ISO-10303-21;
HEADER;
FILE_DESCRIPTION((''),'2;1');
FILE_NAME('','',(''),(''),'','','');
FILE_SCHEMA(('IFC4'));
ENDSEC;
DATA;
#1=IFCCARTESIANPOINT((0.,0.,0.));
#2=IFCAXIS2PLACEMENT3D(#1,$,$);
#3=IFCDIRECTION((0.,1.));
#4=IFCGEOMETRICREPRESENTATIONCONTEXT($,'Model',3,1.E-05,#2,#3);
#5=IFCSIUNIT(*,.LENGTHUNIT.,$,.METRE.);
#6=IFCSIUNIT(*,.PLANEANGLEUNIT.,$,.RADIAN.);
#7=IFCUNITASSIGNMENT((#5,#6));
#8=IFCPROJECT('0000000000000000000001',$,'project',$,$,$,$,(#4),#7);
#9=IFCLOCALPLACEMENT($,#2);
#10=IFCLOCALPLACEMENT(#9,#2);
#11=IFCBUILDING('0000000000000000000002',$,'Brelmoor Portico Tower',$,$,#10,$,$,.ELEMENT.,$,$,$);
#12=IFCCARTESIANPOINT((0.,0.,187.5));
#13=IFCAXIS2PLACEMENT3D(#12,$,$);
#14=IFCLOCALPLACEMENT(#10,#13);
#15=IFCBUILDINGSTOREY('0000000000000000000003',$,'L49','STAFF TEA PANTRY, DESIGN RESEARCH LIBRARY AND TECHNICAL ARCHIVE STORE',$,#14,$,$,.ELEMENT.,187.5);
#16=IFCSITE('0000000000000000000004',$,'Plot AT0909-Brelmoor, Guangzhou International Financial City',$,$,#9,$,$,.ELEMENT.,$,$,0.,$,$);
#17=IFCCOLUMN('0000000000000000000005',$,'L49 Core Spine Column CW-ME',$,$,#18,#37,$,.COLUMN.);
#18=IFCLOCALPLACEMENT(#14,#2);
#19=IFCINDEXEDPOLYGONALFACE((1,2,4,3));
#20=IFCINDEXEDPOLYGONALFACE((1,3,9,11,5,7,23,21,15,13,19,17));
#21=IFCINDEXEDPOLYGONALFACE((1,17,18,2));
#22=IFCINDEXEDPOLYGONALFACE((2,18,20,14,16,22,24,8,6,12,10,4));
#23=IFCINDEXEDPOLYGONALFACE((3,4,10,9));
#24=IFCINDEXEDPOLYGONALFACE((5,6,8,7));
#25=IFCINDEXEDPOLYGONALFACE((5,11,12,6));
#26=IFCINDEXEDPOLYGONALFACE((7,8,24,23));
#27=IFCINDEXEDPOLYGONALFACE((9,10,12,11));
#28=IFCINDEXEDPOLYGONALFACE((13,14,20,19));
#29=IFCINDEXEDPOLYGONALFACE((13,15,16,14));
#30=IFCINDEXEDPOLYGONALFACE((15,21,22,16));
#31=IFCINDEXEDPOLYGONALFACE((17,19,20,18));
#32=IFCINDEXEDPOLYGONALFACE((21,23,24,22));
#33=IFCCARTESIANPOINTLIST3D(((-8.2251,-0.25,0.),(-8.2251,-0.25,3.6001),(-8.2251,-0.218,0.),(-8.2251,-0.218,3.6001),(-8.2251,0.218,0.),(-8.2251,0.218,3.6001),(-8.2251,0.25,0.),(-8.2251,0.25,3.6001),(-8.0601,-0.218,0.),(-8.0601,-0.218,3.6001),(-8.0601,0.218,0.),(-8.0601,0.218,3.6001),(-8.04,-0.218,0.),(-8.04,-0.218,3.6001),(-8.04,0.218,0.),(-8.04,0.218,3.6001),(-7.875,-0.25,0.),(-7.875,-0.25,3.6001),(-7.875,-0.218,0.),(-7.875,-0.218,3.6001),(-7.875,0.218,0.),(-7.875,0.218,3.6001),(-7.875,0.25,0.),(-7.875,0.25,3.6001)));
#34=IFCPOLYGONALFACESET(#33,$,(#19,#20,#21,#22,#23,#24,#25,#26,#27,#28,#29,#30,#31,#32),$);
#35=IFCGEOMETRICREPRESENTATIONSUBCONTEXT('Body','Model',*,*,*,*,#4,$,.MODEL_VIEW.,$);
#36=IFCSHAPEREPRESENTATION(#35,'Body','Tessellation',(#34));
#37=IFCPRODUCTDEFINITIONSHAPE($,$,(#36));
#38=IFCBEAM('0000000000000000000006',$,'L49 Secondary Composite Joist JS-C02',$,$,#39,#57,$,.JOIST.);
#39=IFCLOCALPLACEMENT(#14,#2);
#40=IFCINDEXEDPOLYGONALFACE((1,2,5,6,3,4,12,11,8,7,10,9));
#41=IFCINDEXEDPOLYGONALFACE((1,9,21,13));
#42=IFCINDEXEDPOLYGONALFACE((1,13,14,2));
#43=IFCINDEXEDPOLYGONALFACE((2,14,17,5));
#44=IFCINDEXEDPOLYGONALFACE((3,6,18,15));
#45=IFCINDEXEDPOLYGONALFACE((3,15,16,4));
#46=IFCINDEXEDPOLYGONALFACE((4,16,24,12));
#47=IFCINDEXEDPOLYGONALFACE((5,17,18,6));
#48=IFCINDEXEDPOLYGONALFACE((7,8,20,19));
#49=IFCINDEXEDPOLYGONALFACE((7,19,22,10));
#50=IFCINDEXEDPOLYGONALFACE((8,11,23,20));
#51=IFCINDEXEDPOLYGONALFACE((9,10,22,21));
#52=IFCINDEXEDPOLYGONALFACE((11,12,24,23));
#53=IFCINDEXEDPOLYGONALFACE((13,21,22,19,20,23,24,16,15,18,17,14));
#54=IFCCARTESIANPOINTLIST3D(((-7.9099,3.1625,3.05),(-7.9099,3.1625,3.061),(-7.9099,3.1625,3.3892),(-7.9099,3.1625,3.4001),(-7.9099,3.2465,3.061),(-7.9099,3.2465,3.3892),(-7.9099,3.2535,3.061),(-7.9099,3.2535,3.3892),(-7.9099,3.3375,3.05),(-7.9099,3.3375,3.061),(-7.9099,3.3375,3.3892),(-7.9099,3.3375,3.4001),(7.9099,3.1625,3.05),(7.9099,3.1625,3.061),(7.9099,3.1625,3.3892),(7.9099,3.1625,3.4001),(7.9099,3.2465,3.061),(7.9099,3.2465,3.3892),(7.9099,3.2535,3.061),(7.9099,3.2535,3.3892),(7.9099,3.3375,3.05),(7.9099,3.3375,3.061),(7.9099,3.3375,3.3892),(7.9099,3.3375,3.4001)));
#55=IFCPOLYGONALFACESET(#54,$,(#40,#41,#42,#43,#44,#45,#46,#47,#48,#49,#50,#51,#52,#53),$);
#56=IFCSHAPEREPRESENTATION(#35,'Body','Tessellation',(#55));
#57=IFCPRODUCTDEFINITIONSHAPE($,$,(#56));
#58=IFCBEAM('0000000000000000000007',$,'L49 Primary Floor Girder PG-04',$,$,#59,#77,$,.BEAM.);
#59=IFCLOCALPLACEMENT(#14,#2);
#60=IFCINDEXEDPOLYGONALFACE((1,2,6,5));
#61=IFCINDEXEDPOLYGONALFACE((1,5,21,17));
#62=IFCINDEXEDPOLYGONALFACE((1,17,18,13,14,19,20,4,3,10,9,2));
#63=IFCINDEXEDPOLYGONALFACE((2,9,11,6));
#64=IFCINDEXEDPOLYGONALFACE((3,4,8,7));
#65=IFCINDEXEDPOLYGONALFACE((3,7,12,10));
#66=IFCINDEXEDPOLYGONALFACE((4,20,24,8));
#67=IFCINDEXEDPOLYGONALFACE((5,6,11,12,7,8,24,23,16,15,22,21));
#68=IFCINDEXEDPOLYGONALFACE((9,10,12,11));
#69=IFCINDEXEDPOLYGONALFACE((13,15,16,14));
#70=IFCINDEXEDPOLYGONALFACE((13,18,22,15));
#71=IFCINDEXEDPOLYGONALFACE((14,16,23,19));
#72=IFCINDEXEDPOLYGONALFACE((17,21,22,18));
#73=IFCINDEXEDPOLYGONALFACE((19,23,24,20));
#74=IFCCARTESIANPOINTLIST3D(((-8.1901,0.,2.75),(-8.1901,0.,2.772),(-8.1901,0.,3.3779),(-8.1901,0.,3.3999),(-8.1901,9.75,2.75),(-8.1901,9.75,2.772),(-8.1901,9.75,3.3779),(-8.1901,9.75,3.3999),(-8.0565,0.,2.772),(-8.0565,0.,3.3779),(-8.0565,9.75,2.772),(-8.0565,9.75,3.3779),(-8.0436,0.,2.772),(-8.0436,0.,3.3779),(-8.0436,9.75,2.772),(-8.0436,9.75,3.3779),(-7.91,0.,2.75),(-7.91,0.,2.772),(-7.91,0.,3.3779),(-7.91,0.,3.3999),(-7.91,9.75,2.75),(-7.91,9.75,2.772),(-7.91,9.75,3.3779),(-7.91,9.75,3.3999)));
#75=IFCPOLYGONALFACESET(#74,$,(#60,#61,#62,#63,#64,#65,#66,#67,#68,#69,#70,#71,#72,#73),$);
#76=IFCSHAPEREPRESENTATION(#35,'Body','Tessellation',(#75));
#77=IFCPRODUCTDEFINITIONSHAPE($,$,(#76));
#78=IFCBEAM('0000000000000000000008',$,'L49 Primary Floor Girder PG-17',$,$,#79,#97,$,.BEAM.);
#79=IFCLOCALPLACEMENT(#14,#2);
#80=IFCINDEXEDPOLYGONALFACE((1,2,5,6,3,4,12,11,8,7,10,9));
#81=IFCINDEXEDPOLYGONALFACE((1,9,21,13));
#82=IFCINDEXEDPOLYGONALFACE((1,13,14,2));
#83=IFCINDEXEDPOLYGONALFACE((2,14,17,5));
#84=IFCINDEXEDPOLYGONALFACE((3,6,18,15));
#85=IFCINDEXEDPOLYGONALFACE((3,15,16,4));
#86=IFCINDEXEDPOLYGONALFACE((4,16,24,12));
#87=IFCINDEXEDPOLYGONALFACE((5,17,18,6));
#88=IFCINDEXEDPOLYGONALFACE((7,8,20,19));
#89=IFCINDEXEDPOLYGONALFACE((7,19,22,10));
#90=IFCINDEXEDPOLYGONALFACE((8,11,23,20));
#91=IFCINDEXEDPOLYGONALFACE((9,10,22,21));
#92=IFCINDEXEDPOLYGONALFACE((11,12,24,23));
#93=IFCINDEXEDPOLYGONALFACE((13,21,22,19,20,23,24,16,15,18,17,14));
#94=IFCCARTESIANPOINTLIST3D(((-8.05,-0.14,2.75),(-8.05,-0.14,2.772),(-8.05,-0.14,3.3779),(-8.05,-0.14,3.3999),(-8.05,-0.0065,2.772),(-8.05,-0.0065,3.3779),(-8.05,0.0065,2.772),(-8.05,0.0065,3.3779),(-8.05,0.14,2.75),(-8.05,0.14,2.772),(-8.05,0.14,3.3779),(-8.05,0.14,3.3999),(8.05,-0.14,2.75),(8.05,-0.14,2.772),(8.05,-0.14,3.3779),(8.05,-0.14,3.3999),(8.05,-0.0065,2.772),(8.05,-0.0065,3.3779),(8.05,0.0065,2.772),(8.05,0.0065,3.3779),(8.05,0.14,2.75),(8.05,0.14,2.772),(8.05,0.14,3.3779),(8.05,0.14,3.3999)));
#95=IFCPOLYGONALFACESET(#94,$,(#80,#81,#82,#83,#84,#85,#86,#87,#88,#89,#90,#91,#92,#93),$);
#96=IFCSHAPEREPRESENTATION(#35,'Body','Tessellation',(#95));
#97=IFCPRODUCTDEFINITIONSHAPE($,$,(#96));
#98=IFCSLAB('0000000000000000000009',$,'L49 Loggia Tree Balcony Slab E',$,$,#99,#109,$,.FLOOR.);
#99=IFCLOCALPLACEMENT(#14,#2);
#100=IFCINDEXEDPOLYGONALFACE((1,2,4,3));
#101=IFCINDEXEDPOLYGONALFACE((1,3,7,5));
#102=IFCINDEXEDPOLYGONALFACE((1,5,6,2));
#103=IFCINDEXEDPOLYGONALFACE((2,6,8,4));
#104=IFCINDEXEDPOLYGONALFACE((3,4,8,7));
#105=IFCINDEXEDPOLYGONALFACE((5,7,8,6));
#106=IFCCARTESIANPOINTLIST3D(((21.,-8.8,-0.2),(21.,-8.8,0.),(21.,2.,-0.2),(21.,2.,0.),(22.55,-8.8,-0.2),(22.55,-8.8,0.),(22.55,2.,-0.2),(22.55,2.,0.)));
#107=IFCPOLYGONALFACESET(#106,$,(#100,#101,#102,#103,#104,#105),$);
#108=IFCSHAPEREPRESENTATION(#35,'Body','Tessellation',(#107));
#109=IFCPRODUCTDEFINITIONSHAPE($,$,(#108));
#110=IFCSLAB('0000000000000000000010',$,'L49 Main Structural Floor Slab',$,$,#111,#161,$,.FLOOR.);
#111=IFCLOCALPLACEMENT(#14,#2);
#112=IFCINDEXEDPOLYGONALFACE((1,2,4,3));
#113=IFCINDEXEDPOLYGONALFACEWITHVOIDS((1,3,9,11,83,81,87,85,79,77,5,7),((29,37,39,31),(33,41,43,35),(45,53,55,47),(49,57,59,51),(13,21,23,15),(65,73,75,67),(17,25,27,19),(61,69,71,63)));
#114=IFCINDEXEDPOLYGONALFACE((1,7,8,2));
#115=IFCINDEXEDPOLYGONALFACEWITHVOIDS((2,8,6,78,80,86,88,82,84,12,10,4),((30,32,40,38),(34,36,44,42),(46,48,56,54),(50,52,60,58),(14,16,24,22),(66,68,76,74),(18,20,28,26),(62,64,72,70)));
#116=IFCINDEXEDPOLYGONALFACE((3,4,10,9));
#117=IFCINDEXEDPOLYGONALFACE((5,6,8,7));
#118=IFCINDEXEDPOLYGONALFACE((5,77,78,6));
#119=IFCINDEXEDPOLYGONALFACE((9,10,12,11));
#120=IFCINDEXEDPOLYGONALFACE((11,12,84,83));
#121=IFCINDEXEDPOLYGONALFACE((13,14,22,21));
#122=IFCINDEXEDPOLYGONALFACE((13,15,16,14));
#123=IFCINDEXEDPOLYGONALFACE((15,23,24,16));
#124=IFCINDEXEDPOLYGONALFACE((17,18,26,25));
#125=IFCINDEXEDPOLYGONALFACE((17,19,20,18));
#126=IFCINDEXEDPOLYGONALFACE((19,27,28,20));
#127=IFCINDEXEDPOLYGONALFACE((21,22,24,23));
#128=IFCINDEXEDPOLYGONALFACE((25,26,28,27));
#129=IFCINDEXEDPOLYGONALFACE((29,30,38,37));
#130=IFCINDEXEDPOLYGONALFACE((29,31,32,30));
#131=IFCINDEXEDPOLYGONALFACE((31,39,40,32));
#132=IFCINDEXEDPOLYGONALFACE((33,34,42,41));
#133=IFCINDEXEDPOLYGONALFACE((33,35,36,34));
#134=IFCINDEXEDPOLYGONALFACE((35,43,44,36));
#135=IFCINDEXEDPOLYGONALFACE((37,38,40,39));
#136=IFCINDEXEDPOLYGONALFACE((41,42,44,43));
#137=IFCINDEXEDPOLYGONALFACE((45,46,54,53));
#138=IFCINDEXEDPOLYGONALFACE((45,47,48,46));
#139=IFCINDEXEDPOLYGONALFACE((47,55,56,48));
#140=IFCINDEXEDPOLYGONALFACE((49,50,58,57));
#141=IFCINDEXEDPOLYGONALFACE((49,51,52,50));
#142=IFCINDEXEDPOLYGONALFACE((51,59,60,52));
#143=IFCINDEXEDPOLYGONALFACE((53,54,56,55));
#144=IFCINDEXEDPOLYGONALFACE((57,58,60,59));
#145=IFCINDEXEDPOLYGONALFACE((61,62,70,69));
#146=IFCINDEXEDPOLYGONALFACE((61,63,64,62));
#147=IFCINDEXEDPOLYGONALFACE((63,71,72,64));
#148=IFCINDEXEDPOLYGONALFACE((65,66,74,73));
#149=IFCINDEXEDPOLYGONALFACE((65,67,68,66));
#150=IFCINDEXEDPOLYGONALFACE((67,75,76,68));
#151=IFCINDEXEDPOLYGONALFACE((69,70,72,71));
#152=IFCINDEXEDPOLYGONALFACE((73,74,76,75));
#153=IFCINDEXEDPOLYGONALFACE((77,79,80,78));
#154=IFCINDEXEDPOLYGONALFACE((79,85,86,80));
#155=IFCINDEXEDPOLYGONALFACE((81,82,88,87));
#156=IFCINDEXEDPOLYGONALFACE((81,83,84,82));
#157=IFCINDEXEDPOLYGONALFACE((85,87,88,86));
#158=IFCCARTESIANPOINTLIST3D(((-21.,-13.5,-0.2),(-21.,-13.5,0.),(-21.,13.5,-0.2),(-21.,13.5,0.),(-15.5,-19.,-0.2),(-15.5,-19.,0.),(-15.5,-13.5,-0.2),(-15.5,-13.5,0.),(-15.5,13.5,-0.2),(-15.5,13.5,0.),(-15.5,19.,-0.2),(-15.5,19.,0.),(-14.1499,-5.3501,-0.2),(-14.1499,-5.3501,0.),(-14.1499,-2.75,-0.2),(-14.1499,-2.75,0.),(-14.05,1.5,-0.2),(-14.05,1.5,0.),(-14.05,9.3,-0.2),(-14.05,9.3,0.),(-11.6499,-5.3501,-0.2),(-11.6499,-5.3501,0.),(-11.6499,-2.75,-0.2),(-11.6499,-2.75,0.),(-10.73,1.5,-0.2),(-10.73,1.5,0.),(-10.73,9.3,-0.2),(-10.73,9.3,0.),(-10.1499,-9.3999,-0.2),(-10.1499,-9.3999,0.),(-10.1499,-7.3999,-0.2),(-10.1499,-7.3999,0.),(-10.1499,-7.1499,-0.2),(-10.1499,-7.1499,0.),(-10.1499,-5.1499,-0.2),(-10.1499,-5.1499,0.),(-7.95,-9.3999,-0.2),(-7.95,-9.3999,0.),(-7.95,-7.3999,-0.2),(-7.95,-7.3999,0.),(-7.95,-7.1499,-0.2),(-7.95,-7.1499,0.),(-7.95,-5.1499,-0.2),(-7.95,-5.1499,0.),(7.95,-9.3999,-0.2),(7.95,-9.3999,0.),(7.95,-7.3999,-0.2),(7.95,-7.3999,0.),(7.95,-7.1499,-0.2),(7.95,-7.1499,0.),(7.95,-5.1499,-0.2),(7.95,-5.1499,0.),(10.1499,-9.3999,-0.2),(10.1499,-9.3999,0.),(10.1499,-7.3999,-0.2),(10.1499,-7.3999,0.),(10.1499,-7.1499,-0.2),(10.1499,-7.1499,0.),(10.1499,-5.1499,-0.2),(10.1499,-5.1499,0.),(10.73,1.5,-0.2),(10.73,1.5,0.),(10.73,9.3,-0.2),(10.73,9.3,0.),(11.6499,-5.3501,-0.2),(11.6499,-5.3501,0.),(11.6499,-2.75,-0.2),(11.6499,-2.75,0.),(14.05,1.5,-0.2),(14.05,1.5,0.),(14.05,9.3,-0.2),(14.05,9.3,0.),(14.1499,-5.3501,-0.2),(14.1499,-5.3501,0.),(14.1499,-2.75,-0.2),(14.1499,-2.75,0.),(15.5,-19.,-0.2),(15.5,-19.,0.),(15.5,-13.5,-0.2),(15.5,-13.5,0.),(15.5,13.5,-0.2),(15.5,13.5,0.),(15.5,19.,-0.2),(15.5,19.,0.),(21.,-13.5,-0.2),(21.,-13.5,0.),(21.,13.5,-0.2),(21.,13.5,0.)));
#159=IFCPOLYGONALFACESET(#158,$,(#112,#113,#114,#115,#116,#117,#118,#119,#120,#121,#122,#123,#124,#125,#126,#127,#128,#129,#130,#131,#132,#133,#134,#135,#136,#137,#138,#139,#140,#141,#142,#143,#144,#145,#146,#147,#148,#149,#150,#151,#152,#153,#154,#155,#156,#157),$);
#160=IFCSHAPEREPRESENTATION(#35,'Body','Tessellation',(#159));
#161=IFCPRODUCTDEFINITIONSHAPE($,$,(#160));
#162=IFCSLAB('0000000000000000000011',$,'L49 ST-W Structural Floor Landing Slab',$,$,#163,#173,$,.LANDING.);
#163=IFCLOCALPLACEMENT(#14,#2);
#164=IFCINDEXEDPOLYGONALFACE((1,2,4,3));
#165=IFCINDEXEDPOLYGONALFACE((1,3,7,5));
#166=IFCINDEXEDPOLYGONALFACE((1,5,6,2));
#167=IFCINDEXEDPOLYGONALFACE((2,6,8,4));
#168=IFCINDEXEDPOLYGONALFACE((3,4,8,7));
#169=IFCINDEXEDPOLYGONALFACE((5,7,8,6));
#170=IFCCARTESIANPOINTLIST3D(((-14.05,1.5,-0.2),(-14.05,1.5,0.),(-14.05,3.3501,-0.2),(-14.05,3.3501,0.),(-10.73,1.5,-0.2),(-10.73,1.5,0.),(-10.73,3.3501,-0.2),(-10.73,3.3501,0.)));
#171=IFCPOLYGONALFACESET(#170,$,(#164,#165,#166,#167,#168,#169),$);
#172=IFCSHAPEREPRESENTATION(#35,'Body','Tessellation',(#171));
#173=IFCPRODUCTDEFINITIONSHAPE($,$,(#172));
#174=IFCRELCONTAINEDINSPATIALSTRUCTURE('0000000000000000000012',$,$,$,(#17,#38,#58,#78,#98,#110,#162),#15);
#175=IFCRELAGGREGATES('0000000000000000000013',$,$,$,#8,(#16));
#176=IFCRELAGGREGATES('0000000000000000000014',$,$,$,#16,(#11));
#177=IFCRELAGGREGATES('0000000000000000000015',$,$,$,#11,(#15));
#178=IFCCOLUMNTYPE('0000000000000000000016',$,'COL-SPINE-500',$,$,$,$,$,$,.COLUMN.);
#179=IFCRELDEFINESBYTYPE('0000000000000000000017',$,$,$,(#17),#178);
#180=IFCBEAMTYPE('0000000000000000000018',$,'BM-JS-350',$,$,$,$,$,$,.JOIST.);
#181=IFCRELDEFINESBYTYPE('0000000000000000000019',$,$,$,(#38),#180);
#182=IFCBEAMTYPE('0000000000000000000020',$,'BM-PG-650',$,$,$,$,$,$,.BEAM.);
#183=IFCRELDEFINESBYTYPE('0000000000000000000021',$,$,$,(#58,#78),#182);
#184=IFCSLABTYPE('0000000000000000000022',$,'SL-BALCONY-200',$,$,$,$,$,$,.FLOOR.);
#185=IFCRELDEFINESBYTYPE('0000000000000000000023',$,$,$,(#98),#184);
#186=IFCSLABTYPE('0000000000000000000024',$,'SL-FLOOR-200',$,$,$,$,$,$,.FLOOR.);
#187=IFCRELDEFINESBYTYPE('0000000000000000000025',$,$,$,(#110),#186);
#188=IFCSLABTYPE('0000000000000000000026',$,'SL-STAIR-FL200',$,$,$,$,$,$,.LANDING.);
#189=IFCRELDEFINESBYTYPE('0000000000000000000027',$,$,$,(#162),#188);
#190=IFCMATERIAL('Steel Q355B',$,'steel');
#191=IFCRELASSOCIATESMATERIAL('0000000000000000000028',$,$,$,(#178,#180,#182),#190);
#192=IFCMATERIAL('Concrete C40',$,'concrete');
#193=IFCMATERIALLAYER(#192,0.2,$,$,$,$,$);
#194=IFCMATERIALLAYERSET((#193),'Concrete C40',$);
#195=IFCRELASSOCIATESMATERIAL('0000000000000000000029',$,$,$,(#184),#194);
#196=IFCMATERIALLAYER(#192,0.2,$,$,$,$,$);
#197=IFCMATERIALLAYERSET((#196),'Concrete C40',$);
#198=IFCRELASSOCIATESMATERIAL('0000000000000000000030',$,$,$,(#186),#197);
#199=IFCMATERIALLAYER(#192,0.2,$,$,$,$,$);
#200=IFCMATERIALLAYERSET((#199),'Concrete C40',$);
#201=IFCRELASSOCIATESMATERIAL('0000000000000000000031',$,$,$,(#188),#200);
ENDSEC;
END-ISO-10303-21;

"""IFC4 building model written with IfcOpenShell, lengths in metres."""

from ifc_helpers import new_model, si_unit, direction, frame, origin, origin_2d, place, context, subcontext, project, spatial, polyline, i_section, outline, extrude, material, layer, layer_set, material_profile, profile_set, type_object, element, save


model = new_model("IFC4")

# Units and contexts
model_context = context("Model", 3, precision=1e-05, world=origin(), true_north=direction((0.0, 1.0)))
body_context = subcontext(model_context, "Body", "Model", "MODEL_VIEW")
ifc_project = project(units=[si_unit("LENGTHUNIT", "METRE"), si_unit("PLANEANGLEUNIT", "RADIAN")], contexts=[model_context])

# Site, building, storey
site_placement = place(None, origin())
site = spatial("IfcSite", under=ifc_project, at=site_placement, Name="Plot AT0909-Brelmoor, Guangzhou International Financial City", CompositionType="ELEMENT", RefElevation=0.0)
building_placement = place(site_placement, origin())
building = spatial("IfcBuilding", under=site, at=building_placement, Name="Brelmoor Portico Tower", CompositionType="ELEMENT")
storey_placement = place(building_placement, frame((0.0, 0.0, 187.5)))
storey = spatial("IfcBuildingStorey", under=building, at=storey_placement, Name="L49", Description="STAFF TEA PANTRY, DESIGN RESEARCH LIBRARY AND TECHNICAL ARCHIVE STORE", CompositionType="ELEMENT", Elevation=187.5)

# Column
ifc_material_1 = material(Name="Steel Q355B", Category="steel")
ifc_material_profile_1 = material_profile(ifc_material_1, i_section(OverallWidth=0.3501, OverallDepth=0.5, WebThickness=0.02, FlangeThickness=0.032, at=origin_2d()), Name="HW 500x350x20x32")
ifc_profile_set_1 = profile_set([ifc_material_profile_1], Name="Steel Q355B")
column_type = type_object("IfcColumnType", Name="COL-SPINE-500", PredefinedType="COLUMN", material=ifc_profile_set_1)
column_placement = place(storey_placement, frame((-8.05, 0.0, 0.0), z_axis=(0.0, 0.0, 1.0), x_axis=(1.0, 0.0, 0.0)))
element("IfcColumn", 1, at=column_placement, inside=storey, type_object=column_type, Name="L49 Core Spine Column CW-ME", PredefinedType="COLUMN", context=body_context, shape_type="SweptSolid", body=[
    extrude(i_section(OverallWidth=0.3501, OverallDepth=0.5, WebThickness=0.02, FlangeThickness=0.032, at=origin_2d()), origin(), (0.0, 0.0, 1.0), 3.6001),
])

# Beams
ifc_material_profile_2 = material_profile(ifc_material_1, i_section(OverallWidth=0.175, OverallDepth=0.3501, WebThickness=0.0071, FlangeThickness=0.011, at=origin_2d()), Name="HN 350x175x7x11")
ifc_profile_set_2 = profile_set([ifc_material_profile_2], Name="Steel Q355B")
beam_type_1 = type_object("IfcBeamType", Name="BM-JS-350", PredefinedType="JOIST", material=ifc_profile_set_2)
beam_1_placement = place(storey_placement, frame((-7.9099, 3.25, 3.2251), z_axis=(1.0, 0.0, 0.0), x_axis=(0.0, 1.0, 0.0)))
element("IfcBeam", 2, at=beam_1_placement, inside=storey, type_object=beam_type_1, Name="L49 Secondary Composite Joist JS-C02", PredefinedType="JOIST", context=body_context, shape_type="SweptSolid", body=[
    extrude(i_section(OverallWidth=0.175, OverallDepth=0.3501, WebThickness=0.0071, FlangeThickness=0.011, at=origin_2d()), origin(), (0.0, 0.0, 1.0), 15.8198),
])
ifc_material_profile_3 = material_profile(ifc_material_1, i_section(OverallWidth=0.28, OverallDepth=0.6499, WebThickness=0.0129, FlangeThickness=0.022, at=origin_2d()), Name="HN 650x280x13x22")
ifc_profile_set_3 = profile_set([ifc_material_profile_3], Name="Steel Q355B")
beam_type_2 = type_object("IfcBeamType", Name="BM-PG-650", PredefinedType="BEAM", material=ifc_profile_set_3)
beam_2_placement = place(storey_placement, frame((-8.05, 0.0, 3.075), z_axis=(0.0, 1.0, 0.0), x_axis=(-1.0, 0.0, 0.0)))
element("IfcBeam", 3, at=beam_2_placement, inside=storey, type_object=beam_type_2, Name="L49 Primary Floor Girder PG-04", PredefinedType="BEAM", context=body_context, shape_type="SweptSolid", body=[
    extrude(i_section(OverallWidth=0.28, OverallDepth=0.6499, WebThickness=0.0129, FlangeThickness=0.022, at=origin_2d()), origin(), (0.0, 0.0, 1.0), 9.75),
])
beam_3_placement = place(storey_placement, frame((-8.05, 0.0, 3.075), z_axis=(1.0, 0.0, 0.0), x_axis=(0.0, 1.0, 0.0)))
element("IfcBeam", 4, at=beam_3_placement, inside=storey, type_object=beam_type_2, Name="L49 Primary Floor Girder PG-17", PredefinedType="BEAM", context=body_context, shape_type="SweptSolid", body=[
    extrude(i_section(OverallWidth=0.28, OverallDepth=0.6499, WebThickness=0.0129, FlangeThickness=0.022, at=origin_2d()), origin(), (0.0, 0.0, 1.0), 16.1001),
])

# Slabs
ifc_material_2 = material(Name="Concrete C40", Category="concrete")
ifc_layer_1 = layer(ifc_material_2, 0.2)
ifc_layer_set_1 = layer_set([ifc_layer_1], Name="Concrete C40")
slab_type_1 = type_object("IfcSlabType", Name="SL-BALCONY-200", PredefinedType="FLOOR", material=ifc_layer_set_1)
slab_1_placement = place(storey_placement, frame((0.0, 0.0, -0.2)))
element("IfcSlab", 5, at=slab_1_placement, inside=storey, type_object=slab_type_1, Name="L49 Loggia Tree Balcony Slab E", PredefinedType="FLOOR", context=body_context, shape_type="SweptSolid", body=[
    extrude(outline(polyline([(21.0, -8.8), (22.55, -8.8), (22.55, 2.0), (21.0, 2.0), (21.0, -8.8)])), origin(), (0.0, 0.0, 1.0), 0.2),
])
ifc_layer_2 = layer(ifc_material_2, 0.2)
ifc_layer_set_2 = layer_set([ifc_layer_2], Name="Concrete C40")
slab_type_2 = type_object("IfcSlabType", Name="SL-FLOOR-200", PredefinedType="FLOOR", material=ifc_layer_set_2)
slab_2_placement = place(storey_placement, frame((0.0, 0.0, -0.2)))
element("IfcSlab", 6, at=slab_2_placement, inside=storey, type_object=slab_type_2, Name="L49 Main Structural Floor Slab", PredefinedType="FLOOR", context=body_context, shape_type="SweptSolid", body=[
    extrude(outline(polyline([(-15.5, -19.0), (15.5, -19.0), (15.5, -13.5), (21.0, -13.5), (21.0, 13.5), (15.5, 13.5), (15.5, 19.0), (-15.5, 19.0), (-15.5, 13.5), (-21.0, 13.5), (-21.0, -13.5), (-15.5, -13.5), (-15.5, -19.0)]), holes=[polyline([(-10.73, 1.5), (-10.73, 9.3), (-14.05, 9.3), (-14.05, 1.5), (-10.73, 1.5)]), polyline([(14.05, 1.5), (14.05, 9.3), (10.73, 9.3), (10.73, 1.5), (14.05, 1.5)]), polyline([(-10.1499, -9.3999), (-7.95, -9.3999), (-7.95, -7.3999), (-10.1499, -7.3999), (-10.1499, -9.3999)]), polyline([(-10.1499, -7.1499), (-7.95, -7.1499), (-7.95, -5.1499), (-10.1499, -5.1499), (-10.1499, -7.1499)]), polyline([(7.95, -9.3999), (10.1499, -9.3999), (10.1499, -7.3999), (7.95, -7.3999), (7.95, -9.3999)]), polyline([(7.95, -7.1499), (10.1499, -7.1499), (10.1499, -5.1499), (7.95, -5.1499), (7.95, -7.1499)]), polyline([(-14.1499, -5.3501), (-11.6499, -5.3501), (-11.6499, -2.75), (-14.1499, -2.75), (-14.1499, -5.3501)]), polyline([(11.6499, -5.3501), (14.1499, -5.3501), (14.1499, -2.75), (11.6499, -2.75), (11.6499, -5.3501)])]), origin(), (0.0, 0.0, 1.0), 0.2),
])
ifc_layer_3 = layer(ifc_material_2, 0.2)
ifc_layer_set_3 = layer_set([ifc_layer_3], Name="Concrete C40")
slab_type_3 = type_object("IfcSlabType", Name="SL-STAIR-FL200", PredefinedType="LANDING", material=ifc_layer_set_3)
slab_3_placement = place(storey_placement, frame((0.0, 0.0, -0.2)))
element("IfcSlab", 7, at=slab_3_placement, inside=storey, type_object=slab_type_3, Name="L49 ST-W Structural Floor Landing Slab", PredefinedType="LANDING", context=body_context, shape_type="SweptSolid", body=[
    extrude(outline(polyline([(-10.73, 1.5), (-10.73, 3.3501), (-14.05, 3.3501), (-14.05, 1.5), (-10.73, 1.5)])), origin(), (0.0, 0.0, 1.0), 0.2),
])

save(model, "model.ifc")
